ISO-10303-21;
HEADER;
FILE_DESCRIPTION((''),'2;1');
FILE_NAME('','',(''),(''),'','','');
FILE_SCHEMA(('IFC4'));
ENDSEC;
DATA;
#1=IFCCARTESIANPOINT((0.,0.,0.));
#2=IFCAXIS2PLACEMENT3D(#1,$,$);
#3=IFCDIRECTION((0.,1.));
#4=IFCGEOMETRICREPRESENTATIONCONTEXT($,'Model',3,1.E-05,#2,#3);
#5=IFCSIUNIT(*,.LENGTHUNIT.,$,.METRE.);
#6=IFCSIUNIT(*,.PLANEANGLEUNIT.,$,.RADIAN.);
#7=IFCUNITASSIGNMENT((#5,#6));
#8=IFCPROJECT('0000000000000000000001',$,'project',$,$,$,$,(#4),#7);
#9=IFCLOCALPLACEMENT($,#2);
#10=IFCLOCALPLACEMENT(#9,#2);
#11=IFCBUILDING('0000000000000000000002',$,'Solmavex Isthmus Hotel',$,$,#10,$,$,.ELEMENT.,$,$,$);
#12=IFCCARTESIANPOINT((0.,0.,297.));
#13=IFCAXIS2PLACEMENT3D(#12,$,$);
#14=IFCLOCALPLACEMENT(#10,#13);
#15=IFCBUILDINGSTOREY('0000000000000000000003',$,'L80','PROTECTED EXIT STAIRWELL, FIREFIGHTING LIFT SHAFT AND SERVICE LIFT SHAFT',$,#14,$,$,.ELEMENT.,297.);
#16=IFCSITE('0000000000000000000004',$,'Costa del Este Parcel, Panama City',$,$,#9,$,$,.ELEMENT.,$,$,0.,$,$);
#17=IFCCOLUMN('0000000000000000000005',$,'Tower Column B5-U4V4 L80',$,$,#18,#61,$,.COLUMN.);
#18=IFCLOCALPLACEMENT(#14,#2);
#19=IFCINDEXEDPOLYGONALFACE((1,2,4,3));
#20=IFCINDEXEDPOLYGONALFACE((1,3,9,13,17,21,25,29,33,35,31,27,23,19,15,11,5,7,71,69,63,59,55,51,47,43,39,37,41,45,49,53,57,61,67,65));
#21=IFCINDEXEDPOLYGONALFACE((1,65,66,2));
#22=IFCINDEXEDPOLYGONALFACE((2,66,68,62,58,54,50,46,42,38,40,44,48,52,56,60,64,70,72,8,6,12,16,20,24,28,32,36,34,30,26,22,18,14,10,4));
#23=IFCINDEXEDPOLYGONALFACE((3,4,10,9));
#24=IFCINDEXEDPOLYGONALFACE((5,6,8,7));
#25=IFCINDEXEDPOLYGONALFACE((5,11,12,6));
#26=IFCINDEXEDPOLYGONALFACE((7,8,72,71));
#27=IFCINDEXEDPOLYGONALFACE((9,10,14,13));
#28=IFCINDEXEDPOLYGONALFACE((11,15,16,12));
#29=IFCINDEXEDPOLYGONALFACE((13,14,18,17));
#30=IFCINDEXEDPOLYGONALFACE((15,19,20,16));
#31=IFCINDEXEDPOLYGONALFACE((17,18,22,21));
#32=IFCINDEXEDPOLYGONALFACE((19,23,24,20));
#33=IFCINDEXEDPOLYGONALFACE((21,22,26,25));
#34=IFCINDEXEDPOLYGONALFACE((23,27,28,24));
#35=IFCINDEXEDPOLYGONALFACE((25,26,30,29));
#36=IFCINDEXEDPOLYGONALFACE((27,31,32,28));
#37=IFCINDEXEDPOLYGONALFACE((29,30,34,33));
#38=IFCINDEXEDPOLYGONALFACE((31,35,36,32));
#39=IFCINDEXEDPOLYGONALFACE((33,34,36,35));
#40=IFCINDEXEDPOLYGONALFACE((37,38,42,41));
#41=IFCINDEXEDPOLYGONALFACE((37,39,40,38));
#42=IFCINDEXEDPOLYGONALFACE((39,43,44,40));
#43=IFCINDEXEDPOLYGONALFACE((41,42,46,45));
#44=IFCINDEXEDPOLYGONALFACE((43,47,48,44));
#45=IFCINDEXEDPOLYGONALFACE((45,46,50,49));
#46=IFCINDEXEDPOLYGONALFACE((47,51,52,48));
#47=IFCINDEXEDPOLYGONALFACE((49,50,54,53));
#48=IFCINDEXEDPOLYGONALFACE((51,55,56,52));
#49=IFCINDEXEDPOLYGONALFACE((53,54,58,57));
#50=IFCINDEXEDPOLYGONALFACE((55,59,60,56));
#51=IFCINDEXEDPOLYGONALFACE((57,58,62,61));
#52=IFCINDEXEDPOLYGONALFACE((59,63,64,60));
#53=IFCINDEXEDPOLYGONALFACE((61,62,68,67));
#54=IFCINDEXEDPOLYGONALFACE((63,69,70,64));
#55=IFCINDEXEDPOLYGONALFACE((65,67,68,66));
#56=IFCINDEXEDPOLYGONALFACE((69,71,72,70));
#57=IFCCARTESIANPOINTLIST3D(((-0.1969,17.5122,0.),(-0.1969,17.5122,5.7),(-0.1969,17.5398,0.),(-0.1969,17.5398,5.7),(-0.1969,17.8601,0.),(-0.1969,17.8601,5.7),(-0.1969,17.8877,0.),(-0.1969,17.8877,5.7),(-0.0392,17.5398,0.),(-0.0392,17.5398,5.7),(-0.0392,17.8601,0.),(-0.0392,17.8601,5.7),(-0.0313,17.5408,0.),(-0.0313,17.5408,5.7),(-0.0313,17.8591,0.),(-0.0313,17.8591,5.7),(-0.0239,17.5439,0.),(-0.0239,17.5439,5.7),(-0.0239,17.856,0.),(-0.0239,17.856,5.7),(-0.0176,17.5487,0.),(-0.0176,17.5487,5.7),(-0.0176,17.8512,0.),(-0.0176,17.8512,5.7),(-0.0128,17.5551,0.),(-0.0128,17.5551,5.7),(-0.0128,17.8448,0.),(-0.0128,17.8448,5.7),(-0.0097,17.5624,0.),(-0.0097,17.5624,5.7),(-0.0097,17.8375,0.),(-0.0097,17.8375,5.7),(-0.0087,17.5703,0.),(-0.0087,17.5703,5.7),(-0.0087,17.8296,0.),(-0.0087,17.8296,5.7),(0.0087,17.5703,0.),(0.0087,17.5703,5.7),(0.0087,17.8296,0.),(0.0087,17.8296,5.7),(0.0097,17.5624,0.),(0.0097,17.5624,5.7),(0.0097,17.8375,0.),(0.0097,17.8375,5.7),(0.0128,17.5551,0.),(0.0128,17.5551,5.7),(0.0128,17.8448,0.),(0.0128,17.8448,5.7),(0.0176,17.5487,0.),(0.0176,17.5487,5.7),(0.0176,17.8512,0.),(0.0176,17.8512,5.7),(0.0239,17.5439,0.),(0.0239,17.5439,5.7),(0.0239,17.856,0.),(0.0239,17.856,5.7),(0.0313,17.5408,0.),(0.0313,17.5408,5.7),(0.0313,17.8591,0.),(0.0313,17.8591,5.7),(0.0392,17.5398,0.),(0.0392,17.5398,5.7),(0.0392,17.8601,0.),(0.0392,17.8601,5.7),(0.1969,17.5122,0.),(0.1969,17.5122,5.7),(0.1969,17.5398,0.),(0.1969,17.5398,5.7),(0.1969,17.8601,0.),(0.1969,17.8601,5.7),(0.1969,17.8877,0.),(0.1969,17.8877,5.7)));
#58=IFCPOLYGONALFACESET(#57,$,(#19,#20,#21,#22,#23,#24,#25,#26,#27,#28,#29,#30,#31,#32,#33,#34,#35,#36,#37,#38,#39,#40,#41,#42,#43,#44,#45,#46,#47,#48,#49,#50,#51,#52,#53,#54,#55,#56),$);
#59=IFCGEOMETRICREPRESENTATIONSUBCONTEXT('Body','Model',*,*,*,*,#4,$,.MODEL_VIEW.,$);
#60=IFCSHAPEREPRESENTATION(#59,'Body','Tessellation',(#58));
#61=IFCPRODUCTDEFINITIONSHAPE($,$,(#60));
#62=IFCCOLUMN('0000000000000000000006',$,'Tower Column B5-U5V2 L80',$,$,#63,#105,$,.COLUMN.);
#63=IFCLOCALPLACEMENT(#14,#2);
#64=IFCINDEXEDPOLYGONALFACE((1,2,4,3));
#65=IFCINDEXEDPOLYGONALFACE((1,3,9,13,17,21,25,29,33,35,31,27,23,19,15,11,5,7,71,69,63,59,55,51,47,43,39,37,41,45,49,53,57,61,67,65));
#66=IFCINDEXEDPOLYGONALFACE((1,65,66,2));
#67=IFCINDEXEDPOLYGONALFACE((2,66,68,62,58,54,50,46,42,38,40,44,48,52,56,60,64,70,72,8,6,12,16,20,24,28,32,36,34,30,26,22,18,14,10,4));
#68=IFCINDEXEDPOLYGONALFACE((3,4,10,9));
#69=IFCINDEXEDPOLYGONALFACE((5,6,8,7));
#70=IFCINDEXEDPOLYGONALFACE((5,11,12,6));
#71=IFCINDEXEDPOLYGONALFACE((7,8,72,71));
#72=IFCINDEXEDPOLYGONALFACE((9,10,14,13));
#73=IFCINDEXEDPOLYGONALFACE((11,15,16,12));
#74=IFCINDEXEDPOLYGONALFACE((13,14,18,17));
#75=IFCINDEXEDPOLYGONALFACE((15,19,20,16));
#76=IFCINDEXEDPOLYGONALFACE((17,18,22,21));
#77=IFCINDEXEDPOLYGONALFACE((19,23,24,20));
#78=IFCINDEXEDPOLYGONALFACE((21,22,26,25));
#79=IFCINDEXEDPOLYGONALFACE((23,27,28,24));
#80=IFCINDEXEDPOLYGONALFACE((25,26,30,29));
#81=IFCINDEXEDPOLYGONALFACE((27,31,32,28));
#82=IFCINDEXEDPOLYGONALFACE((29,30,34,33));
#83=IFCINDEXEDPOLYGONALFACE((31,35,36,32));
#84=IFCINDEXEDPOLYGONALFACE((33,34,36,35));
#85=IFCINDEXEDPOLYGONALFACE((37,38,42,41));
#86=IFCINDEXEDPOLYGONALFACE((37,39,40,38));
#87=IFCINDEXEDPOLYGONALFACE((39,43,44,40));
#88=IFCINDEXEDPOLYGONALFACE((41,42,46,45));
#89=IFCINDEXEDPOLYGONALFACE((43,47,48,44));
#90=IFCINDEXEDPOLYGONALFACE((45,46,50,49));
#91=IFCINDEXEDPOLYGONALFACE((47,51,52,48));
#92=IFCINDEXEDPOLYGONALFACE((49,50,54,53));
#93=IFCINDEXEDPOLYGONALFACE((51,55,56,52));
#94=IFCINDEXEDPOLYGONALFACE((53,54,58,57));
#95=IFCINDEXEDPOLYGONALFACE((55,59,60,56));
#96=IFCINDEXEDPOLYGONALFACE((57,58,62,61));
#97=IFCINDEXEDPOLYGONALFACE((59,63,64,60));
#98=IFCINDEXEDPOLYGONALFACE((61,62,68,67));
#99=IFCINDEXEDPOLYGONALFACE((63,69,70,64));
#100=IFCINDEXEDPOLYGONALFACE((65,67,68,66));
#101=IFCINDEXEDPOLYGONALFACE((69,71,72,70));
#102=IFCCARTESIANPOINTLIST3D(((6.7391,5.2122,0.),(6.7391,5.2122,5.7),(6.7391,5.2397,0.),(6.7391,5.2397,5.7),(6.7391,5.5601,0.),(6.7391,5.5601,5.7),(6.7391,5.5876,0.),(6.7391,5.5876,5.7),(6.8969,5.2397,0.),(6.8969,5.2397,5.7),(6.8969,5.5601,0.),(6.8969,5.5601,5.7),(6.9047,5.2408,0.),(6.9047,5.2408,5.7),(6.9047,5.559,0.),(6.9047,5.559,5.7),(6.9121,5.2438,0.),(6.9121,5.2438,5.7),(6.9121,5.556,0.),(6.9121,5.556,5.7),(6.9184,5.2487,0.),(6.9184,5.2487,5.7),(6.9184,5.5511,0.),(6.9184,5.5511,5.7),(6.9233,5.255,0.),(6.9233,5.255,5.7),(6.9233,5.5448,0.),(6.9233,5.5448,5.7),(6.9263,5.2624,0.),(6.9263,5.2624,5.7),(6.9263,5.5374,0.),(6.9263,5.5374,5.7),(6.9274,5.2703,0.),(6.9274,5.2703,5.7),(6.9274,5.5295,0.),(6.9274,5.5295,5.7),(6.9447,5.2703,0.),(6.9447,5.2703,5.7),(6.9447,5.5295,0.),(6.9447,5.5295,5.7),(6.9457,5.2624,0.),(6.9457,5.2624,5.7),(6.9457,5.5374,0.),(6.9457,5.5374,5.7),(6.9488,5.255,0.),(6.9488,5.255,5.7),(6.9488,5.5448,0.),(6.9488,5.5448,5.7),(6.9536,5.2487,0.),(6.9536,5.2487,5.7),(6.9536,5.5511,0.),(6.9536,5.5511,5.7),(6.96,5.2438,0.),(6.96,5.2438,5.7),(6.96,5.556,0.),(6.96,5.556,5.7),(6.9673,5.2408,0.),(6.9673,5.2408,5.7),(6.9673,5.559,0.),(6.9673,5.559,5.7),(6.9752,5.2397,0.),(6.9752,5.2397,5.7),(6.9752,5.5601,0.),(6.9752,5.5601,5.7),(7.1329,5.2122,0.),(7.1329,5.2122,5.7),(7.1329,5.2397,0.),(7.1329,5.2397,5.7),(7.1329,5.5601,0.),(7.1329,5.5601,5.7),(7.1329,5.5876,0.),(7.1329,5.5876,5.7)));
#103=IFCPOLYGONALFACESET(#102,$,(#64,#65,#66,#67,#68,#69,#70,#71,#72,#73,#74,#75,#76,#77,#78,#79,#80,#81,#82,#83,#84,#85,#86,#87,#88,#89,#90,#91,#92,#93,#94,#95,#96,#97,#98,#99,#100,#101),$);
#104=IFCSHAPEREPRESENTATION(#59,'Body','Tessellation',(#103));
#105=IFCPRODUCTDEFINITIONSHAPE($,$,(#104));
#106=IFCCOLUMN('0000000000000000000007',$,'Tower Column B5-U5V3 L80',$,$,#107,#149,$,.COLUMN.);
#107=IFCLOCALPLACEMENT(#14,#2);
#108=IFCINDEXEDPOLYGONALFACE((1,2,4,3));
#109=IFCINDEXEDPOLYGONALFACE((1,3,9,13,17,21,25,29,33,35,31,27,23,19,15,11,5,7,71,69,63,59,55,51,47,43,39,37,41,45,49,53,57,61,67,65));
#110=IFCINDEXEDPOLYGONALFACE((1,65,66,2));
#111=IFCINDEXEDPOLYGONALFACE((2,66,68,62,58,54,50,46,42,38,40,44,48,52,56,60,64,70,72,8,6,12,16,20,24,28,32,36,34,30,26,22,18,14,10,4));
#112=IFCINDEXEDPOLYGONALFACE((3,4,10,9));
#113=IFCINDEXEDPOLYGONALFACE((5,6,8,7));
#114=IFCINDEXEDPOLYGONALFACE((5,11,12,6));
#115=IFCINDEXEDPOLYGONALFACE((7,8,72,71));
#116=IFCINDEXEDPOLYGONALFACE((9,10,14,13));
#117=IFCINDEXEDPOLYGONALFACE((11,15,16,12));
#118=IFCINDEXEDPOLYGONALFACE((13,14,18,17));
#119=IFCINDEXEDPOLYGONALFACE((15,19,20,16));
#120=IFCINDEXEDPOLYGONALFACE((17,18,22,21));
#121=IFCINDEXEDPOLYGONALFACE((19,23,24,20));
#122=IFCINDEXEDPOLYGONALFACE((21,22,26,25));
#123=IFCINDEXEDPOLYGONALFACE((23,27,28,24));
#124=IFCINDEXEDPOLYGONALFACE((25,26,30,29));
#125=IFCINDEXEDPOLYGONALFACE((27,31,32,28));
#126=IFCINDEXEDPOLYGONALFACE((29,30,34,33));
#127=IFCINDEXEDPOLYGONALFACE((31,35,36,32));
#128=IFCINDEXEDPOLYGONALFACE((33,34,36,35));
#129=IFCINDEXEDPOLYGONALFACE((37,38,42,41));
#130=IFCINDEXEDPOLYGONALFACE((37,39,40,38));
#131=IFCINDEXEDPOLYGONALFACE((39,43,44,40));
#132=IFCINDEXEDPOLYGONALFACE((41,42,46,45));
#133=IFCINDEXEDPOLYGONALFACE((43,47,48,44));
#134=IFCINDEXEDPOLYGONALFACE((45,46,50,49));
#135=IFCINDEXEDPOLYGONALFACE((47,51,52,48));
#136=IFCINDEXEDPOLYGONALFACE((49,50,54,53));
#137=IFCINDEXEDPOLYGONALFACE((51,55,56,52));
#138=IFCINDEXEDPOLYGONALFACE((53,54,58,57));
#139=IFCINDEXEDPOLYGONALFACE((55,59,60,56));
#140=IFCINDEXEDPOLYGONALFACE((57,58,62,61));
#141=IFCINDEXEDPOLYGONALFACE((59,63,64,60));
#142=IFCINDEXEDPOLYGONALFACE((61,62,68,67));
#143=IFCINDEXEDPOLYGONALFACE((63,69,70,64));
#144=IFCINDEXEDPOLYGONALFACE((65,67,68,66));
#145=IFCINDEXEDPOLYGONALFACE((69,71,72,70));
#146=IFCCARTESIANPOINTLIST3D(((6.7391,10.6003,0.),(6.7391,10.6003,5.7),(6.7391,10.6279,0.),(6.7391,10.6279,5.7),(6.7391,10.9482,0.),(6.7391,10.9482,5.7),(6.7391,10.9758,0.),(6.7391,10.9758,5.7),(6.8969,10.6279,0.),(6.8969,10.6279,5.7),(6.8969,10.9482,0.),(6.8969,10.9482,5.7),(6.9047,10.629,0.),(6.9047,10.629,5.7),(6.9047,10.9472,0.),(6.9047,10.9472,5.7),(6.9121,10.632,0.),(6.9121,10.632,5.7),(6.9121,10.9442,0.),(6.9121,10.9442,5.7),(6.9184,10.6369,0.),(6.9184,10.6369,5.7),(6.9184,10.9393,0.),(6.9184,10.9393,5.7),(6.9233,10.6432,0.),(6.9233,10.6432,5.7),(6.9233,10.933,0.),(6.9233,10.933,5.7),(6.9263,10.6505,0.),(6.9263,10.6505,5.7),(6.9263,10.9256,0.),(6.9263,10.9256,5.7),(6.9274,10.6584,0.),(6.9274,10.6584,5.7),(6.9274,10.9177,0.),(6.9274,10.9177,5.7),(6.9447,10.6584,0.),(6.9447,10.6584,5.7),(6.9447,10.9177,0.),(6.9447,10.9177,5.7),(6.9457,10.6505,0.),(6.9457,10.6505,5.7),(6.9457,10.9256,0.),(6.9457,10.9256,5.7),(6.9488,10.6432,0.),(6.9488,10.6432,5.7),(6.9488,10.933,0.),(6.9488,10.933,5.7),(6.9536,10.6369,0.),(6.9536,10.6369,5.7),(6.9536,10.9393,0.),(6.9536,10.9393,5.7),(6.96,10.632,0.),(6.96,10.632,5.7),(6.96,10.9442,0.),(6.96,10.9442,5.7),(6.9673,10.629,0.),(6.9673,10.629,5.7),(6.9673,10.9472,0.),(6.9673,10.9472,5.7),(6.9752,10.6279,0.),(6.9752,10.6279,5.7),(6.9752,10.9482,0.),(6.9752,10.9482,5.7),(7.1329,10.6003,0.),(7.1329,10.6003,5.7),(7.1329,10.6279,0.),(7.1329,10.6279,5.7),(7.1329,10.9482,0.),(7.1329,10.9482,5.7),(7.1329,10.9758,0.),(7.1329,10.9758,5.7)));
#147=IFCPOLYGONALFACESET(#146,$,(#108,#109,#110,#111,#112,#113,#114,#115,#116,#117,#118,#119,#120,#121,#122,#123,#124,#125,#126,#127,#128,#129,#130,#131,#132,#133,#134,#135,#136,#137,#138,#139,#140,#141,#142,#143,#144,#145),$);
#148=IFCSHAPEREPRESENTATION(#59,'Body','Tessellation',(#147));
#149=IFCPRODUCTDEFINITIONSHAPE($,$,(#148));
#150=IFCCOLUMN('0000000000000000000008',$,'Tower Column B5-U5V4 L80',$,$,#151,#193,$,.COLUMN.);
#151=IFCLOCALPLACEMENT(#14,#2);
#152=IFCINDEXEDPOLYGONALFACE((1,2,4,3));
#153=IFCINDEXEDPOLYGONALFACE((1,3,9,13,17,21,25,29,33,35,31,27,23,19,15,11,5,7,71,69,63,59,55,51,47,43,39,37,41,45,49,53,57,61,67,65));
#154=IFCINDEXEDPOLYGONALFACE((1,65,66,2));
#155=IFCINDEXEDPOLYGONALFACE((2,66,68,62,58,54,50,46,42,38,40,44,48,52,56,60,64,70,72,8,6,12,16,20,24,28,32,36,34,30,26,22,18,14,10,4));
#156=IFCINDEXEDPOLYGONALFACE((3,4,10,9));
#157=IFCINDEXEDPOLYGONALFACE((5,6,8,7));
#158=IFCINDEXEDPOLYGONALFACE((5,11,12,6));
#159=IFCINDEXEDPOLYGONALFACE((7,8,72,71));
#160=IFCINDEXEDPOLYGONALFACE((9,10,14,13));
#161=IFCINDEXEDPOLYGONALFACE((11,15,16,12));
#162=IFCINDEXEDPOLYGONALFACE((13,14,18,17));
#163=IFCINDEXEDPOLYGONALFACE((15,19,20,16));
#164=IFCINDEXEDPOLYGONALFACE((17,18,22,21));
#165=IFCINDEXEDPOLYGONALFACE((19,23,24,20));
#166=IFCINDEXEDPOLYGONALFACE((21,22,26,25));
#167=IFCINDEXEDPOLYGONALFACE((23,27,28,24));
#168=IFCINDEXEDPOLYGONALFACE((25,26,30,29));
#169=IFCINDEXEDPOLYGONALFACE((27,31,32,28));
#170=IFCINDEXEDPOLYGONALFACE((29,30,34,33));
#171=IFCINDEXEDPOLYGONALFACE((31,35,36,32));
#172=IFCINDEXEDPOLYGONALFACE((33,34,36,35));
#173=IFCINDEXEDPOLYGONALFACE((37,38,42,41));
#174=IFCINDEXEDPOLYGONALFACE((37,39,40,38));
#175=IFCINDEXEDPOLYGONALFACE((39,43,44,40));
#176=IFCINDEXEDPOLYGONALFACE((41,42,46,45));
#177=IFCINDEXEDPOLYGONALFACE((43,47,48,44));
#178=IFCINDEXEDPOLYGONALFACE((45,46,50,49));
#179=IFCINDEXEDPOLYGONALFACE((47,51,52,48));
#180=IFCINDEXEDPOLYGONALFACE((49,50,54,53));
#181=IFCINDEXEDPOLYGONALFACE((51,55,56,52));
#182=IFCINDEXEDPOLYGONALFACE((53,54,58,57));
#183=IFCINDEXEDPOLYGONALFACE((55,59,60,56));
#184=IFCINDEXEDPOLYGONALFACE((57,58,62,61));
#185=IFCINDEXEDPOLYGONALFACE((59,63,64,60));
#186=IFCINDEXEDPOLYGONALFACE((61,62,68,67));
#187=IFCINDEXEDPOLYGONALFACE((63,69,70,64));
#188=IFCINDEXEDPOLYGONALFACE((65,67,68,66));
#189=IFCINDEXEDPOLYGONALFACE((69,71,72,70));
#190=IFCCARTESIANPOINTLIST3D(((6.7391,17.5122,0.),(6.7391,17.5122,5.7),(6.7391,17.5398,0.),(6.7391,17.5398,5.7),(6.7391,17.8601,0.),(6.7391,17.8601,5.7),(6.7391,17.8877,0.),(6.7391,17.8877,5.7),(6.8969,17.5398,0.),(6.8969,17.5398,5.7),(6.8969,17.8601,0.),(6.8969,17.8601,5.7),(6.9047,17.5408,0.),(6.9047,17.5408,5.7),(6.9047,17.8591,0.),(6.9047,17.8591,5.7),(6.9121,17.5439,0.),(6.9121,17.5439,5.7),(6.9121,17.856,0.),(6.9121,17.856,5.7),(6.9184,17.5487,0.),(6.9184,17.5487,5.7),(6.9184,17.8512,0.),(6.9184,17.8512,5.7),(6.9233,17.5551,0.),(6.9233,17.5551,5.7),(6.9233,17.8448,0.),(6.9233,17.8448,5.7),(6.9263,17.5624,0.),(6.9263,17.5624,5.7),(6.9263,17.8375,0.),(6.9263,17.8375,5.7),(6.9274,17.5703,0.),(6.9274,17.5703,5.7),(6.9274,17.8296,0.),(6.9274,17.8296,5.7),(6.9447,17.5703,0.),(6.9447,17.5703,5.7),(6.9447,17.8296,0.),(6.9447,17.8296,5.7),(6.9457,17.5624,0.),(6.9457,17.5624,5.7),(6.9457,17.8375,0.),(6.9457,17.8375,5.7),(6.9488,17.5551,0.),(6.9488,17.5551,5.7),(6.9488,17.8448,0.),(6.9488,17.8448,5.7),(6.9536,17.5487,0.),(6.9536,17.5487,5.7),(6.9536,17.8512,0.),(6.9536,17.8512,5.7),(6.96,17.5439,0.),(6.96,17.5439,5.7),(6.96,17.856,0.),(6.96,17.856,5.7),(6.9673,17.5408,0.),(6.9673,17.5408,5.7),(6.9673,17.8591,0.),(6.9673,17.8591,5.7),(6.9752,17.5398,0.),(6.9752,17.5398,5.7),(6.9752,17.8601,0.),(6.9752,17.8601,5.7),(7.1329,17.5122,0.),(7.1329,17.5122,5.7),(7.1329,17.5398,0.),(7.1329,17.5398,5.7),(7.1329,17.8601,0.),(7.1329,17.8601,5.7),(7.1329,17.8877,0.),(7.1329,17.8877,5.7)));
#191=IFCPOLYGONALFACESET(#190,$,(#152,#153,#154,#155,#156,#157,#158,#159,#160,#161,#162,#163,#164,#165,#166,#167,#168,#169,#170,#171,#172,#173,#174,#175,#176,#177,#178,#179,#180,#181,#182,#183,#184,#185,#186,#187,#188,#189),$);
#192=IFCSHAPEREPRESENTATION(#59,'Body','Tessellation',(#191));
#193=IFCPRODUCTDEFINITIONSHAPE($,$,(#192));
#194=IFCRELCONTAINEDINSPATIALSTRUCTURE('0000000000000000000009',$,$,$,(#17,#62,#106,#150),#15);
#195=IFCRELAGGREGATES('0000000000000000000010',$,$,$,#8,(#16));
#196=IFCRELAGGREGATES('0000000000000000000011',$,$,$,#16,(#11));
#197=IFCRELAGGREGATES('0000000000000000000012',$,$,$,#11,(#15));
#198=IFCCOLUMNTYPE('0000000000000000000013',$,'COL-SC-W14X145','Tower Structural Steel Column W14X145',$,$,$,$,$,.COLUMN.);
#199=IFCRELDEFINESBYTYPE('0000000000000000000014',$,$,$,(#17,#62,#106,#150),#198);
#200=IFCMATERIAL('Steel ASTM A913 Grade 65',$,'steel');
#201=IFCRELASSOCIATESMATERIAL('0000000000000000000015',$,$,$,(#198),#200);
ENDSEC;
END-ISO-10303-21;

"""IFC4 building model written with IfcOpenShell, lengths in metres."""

from ifc_helpers import new_model, si_unit, direction, frame, origin, origin_2d, place, context, subcontext, project, spatial, i_section, extrude, material, material_profile, profile_set, type_object, element, save


model = new_model("IFC4")

# Units and contexts
model_context = context("Model", 3, precision=1e-05, world=origin(), true_north=direction((0.0, 1.0)))
body_context = subcontext(model_context, "Body", "Model", "MODEL_VIEW")
ifc_project = project(units=[si_unit("LENGTHUNIT", "METRE"), si_unit("PLANEANGLEUNIT", "RADIAN")], contexts=[model_context])

# Site, building, storey
site_placement = place(None, origin())
site = spatial("IfcSite", under=ifc_project, at=site_placement, Name="Costa del Este Parcel, Panama City", CompositionType="ELEMENT", RefElevation=0.0)
building_placement = place(site_placement, origin())
building = spatial("IfcBuilding", under=site, at=building_placement, Name="Solmavex Isthmus Hotel", CompositionType="ELEMENT")
storey_placement = place(building_placement, frame((0.0, 0.0, 297.0)))
storey = spatial("IfcBuildingStorey", under=building, at=storey_placement, Name="L80", Description="PROTECTED EXIT STAIRWELL, FIREFIGHTING LIFT SHAFT AND SERVICE LIFT SHAFT", CompositionType="ELEMENT", Elevation=297.0)

# Columns
ifc_material_1 = material(Name="Steel ASTM A913 Grade 65", Category="steel")
ifc_material_profile_1 = material_profile(ifc_material_1, i_section(OverallWidth=0.3938, OverallDepth=0.3755, WebThickness=0.0173, FlangeThickness=0.0276, FilletRadius=0.0305, at=origin_2d()), Name="W14X145")
ifc_profile_set_1 = profile_set([ifc_material_profile_1], Name="Steel ASTM A913 Grade 65")
column_type = type_object("IfcColumnType", Name="COL-SC-W14X145", Description="Tower Structural Steel Column W14X145", PredefinedType="COLUMN", material=ifc_profile_set_1)
for number, where, z_axis, x_axis, name in (
    (1, (0.0, 17.7, 0.0), (0.0, 0.0, 1.0), (1.0, 0.0, 0.0), "Tower Column B5-U4V4 L80"),
    (2, (6.936, 5.3999, 0.0), (0.0, 0.0, 1.0), (1.0, 0.0, 0.0), "Tower Column B5-U5V2 L80"),
    (3, (6.936, 10.7881, 0.0), (0.0, 0.0, 1.0), (1.0, 0.0, 0.0), "Tower Column B5-U5V3 L80"),
    (4, (6.936, 17.7, 0.0), (0.0, 0.0, 1.0), (1.0, 0.0, 0.0), "Tower Column B5-U5V4 L80"),
):
    element("IfcColumn", number, at=place(storey_placement, frame(where, z_axis=z_axis, x_axis=x_axis)), inside=storey, type_object=column_type, Name=name, PredefinedType="COLUMN", context=body_context, shape_type="SweptSolid", body=[
        extrude(i_section(OverallWidth=0.3938, OverallDepth=0.3755, WebThickness=0.0173, FlangeThickness=0.0276, FilletRadius=0.0305, at=origin_2d()), origin(), (0.0, 0.0, 1.0), 5.7),
    ])

save(model, "model.ifc")
